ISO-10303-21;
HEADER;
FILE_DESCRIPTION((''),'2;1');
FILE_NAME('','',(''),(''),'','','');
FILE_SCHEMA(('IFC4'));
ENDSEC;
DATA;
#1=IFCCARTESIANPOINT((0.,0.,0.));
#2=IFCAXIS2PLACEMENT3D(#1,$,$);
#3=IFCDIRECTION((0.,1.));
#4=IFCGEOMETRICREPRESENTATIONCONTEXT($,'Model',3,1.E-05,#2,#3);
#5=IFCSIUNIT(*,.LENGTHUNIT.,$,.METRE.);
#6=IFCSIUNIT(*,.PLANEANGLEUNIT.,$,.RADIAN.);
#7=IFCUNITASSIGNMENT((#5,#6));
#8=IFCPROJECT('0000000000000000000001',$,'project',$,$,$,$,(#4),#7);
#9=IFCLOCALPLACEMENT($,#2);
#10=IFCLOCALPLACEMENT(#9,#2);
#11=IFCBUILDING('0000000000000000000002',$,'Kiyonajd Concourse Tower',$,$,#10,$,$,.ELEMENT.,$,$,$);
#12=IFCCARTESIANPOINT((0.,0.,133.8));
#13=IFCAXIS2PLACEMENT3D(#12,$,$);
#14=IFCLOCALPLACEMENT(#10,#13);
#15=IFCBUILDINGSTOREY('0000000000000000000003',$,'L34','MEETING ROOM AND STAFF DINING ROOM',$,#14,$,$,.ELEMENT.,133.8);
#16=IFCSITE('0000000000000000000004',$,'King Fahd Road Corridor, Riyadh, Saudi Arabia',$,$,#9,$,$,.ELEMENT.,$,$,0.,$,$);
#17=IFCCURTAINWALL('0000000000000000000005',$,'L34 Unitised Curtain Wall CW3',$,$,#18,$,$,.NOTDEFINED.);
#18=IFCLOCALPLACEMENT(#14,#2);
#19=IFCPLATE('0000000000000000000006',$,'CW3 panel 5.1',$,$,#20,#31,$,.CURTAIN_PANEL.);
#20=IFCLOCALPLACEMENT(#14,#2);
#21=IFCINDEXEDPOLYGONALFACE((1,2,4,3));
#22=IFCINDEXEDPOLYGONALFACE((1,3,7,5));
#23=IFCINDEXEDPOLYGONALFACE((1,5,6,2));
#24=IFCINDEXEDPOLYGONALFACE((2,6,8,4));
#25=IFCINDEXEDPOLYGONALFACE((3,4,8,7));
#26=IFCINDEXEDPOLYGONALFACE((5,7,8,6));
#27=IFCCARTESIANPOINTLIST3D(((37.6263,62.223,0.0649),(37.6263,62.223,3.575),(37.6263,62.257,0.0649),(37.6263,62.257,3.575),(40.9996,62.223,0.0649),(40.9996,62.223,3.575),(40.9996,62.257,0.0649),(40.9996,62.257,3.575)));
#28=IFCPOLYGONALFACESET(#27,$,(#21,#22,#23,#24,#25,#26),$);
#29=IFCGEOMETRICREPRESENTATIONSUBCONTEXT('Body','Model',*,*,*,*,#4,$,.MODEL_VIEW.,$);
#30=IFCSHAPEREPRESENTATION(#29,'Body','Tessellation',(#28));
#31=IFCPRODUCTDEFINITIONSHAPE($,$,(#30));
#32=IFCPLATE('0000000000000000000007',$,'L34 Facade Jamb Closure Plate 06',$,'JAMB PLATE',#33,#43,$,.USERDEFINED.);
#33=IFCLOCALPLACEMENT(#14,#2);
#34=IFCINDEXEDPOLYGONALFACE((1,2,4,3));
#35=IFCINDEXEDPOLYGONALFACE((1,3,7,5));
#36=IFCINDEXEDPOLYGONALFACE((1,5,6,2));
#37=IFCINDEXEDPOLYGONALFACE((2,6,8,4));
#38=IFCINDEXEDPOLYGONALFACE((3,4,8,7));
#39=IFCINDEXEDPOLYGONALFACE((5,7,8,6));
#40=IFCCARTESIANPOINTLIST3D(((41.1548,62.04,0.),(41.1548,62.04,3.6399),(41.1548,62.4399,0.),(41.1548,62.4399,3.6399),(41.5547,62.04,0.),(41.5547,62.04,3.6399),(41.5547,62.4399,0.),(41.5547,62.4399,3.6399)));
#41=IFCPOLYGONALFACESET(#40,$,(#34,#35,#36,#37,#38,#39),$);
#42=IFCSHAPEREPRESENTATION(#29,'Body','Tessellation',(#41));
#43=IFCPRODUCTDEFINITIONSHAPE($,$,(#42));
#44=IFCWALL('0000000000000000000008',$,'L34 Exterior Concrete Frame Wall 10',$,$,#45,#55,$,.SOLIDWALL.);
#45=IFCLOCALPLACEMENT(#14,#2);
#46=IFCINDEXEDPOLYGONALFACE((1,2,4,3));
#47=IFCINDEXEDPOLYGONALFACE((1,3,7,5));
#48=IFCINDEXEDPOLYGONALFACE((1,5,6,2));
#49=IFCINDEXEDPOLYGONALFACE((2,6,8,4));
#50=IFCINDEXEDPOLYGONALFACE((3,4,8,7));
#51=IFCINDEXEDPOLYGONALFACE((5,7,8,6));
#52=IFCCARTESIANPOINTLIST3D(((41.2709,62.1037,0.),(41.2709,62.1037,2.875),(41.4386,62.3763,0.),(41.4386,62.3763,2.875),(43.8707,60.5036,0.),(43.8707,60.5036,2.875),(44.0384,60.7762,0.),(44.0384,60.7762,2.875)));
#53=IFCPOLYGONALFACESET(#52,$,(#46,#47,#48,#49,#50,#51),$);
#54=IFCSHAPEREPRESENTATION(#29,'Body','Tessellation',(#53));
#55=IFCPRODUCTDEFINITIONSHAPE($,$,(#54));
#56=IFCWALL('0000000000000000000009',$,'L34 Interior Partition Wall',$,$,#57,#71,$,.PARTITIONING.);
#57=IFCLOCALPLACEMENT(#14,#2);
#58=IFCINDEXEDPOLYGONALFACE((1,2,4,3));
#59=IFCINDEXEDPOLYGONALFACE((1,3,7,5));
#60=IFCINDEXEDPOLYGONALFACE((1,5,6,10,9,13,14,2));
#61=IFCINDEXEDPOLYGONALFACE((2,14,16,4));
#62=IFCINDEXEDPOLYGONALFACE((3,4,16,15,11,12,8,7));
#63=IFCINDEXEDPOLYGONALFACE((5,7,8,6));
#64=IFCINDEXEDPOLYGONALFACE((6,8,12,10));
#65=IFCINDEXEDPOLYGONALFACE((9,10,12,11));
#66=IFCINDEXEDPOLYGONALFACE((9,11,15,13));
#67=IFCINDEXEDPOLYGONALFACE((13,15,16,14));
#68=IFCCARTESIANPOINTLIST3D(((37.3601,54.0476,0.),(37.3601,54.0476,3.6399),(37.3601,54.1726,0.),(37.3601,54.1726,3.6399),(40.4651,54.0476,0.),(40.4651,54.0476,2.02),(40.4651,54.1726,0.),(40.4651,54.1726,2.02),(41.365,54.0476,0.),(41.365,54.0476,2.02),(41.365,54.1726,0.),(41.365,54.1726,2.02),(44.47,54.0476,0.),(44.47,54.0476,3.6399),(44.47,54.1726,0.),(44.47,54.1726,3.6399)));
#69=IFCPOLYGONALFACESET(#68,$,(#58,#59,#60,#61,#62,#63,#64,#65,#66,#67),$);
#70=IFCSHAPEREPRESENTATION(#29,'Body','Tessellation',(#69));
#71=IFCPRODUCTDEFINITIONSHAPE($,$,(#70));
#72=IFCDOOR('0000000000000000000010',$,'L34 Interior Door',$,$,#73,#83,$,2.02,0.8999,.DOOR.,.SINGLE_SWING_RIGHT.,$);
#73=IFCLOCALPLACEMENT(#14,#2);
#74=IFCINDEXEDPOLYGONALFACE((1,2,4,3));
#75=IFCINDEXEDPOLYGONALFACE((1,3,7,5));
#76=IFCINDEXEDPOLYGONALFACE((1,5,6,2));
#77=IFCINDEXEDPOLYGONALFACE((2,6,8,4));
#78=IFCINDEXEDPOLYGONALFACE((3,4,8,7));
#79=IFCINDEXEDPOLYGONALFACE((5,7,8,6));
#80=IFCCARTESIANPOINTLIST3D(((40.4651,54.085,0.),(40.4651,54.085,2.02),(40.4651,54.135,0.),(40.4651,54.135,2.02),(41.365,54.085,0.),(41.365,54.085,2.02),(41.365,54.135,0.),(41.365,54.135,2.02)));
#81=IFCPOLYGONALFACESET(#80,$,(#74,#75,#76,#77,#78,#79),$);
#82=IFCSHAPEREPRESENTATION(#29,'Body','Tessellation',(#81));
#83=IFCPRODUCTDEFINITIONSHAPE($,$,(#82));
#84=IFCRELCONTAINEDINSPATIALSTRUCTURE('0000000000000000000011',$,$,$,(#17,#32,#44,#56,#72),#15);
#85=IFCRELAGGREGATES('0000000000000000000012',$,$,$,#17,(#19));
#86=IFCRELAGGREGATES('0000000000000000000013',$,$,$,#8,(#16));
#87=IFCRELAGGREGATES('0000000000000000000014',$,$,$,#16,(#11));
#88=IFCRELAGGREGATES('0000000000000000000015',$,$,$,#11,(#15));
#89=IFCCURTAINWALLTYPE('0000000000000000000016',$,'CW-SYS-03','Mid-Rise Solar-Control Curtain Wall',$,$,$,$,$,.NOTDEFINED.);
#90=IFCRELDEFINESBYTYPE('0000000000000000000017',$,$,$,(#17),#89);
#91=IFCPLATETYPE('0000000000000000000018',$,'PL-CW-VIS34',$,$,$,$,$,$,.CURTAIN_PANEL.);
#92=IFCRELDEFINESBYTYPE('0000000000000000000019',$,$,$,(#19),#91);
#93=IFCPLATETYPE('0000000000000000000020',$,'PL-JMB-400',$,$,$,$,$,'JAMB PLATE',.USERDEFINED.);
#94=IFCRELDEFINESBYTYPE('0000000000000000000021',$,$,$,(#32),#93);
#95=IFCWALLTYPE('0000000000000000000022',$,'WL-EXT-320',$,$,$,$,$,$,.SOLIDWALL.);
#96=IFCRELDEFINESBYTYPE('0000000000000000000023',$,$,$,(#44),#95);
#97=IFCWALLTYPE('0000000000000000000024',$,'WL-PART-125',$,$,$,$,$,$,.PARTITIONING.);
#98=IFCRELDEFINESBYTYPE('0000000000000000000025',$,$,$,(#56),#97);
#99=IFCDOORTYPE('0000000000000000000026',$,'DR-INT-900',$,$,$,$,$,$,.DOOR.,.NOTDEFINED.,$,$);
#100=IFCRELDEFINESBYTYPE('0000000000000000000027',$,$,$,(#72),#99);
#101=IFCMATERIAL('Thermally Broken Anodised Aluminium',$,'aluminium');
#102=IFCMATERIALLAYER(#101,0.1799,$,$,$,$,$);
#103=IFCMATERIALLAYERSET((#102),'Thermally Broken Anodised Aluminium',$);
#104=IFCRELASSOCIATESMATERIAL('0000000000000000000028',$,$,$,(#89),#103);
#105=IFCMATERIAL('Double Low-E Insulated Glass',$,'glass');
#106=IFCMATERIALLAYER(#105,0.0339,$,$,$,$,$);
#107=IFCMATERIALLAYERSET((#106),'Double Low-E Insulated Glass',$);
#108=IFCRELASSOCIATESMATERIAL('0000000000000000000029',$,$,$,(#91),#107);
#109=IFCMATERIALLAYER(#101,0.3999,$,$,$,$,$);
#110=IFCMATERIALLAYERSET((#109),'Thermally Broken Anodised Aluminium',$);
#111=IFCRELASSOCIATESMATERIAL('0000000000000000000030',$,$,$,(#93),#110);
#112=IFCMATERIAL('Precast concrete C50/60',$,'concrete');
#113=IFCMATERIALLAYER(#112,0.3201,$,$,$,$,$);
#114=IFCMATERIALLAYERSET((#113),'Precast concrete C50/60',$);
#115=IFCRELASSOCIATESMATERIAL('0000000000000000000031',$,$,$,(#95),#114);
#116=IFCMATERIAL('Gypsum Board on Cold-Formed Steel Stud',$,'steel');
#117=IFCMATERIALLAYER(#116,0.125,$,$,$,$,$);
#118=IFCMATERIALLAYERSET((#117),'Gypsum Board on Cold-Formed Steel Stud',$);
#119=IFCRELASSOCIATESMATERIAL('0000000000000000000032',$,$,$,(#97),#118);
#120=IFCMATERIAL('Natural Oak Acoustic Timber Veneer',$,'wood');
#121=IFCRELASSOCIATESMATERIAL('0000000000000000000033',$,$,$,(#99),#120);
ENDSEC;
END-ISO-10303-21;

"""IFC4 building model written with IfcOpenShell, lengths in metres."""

from ifc_helpers import new_model, si_unit, direction, frame, frame_2d, origin, origin_2d, place, context, subcontext, project, spatial, rectangle, extrude, material, layer, layer_set, type_object, element, fill, aggregate, save


model = new_model("IFC4")

# Units and contexts
model_context = context("Model", 3, precision=1e-05, world=origin(), true_north=direction((0.0, 1.0)))
body_context = subcontext(model_context, "Body", "Model", "MODEL_VIEW")
ifc_project = project(units=[si_unit("LENGTHUNIT", "METRE"), si_unit("PLANEANGLEUNIT", "RADIAN")], contexts=[model_context])

# Site, building, storey
site_placement = place(None, origin())
site = spatial("IfcSite", under=ifc_project, at=site_placement, Name="King Fahd Road Corridor, Riyadh, Saudi Arabia", CompositionType="ELEMENT", RefElevation=0.0)
building_placement = place(site_placement, origin())
building = spatial("IfcBuilding", under=site, at=building_placement, Name="Kiyonajd Concourse Tower", CompositionType="ELEMENT")
storey_placement = place(building_placement, frame((0.0, 0.0, 133.8)))
storey = spatial("IfcBuildingStorey", under=building, at=storey_placement, Name="L34", Description="MEETING ROOM AND STAFF DINING ROOM", CompositionType="ELEMENT", Elevation=133.8)

# Shared definitions
ifc_material_1 = material(Name="Precast concrete C50/60", Category="concrete")

# Curtain wall, plate
ifc_material_2 = material(Name="Thermally Broken Anodised Aluminium", Category="aluminium")
ifc_layer_1 = layer(ifc_material_2, 0.1799)
ifc_layer_set_1 = layer_set([ifc_layer_1], Name="Thermally Broken Anodised Aluminium")
curtain_wall_type = type_object("IfcCurtainWallType", Name="CW-SYS-03", Description="Mid-Rise Solar-Control Curtain Wall", PredefinedType="NOTDEFINED", material=ifc_layer_set_1)
curtain_wall_placement = place(storey_placement, origin())
curtain_wall = element("IfcCurtainWall", 1, at=curtain_wall_placement, inside=storey, type_object=curtain_wall_type, Name="L34 Unitised Curtain Wall CW3", PredefinedType="NOTDEFINED")
ifc_material_3 = material(Name="Double Low-E Insulated Glass", Category="glass")
ifc_layer_2 = layer(ifc_material_3, 0.0339)
ifc_layer_set_2 = layer_set([ifc_layer_2], Name="Double Low-E Insulated Glass")
plate_type_1 = type_object("IfcPlateType", Name="PL-CW-VIS34", PredefinedType="CURTAIN_PANEL", material=ifc_layer_set_2)
plate_1_placement = place(storey_placement, frame((39.313, 62.24, 0.0649), z_axis=(0.0, 0.0, 1.0), x_axis=(1.0, 0.0, 0.0)))
plate_1 = element("IfcPlate", 2, at=plate_1_placement, type_object=plate_type_1, Name="CW3 panel 5.1", PredefinedType="CURTAIN_PANEL", context=body_context, shape_type="SweptSolid", body=[
    extrude(rectangle(XDim=3.3733, YDim=0.0339, at=origin_2d()), origin(), (0.0, 0.0, 1.0), 3.51),
])
aggregate(curtain_wall, [plate_1])

# Plate
ifc_layer_3 = layer(ifc_material_2, 0.3999)
ifc_layer_set_3 = layer_set([ifc_layer_3], Name="Thermally Broken Anodised Aluminium")
plate_type_2 = type_object("IfcPlateType", Name="PL-JMB-400", ElementType="JAMB PLATE", PredefinedType="USERDEFINED", material=ifc_layer_set_3)
plate_2_placement = place(storey_placement, frame((41.3547, 62.24, 0.0), z_axis=(0.0, 0.0, 1.0), x_axis=(1.0, 0.0, 0.0)))
element("IfcPlate", 3, at=plate_2_placement, inside=storey, type_object=plate_type_2, Name="L34 Facade Jamb Closure Plate 06", ObjectType="JAMB PLATE", PredefinedType="USERDEFINED", context=body_context, shape_type="SweptSolid", body=[
    extrude(rectangle(XDim=0.3999, YDim=0.3999, at=origin_2d()), origin(), (0.0, 0.0, 1.0), 3.6399),
])

# Wall
ifc_layer_4 = layer(ifc_material_1, 0.3201)
ifc_layer_set_4 = layer_set([ifc_layer_4], Name="Precast concrete C50/60")
wall_type_1 = type_object("IfcWallType", Name="WL-EXT-320", PredefinedType="SOLIDWALL", material=ifc_layer_set_4)
wall_1_placement = place(storey_placement, frame((41.3547, 62.24, 0.0), z_axis=(0.0, 0.0, 1.0), x_axis=(0.851631, -0.524142, 0.0)))
element("IfcWall", 4, at=wall_1_placement, inside=storey, type_object=wall_type_1, Name="L34 Exterior Concrete Frame Wall 10", PredefinedType="SOLIDWALL", context=body_context, shape_type="SweptSolid", body=[
    extrude(rectangle(XDim=3.0527, YDim=0.3201, at=frame_2d((1.5264, 0.0))), origin(), (0.0, 0.0, 1.0), 2.875),
])

# Wall, opening, door
ifc_material_4 = material(Name="Gypsum Board on Cold-Formed Steel Stud", Category="steel")
ifc_layer_5 = layer(ifc_material_4, 0.125)
ifc_layer_set_5 = layer_set([ifc_layer_5], Name="Gypsum Board on Cold-Formed Steel Stud")
wall_type_2 = type_object("IfcWallType", Name="WL-PART-125", PredefinedType="PARTITIONING", material=ifc_layer_set_5)
wall_2_placement = place(storey_placement, frame((37.3601, 54.1101, 0.0), z_axis=(0.0, 0.0, 1.0), x_axis=(1.0, 0.0, 0.0)))
wall_2 = element("IfcWall", 5, at=wall_2_placement, inside=storey, type_object=wall_type_2, Name="L34 Interior Partition Wall", PredefinedType="PARTITIONING", context=body_context, shape_type="SweptSolid", body=[
    extrude(rectangle(XDim=7.1099, YDim=0.125, at=frame_2d((3.5549, 0.0))), origin(), (0.0, 0.0, 1.0), 3.6399),
])
opening_placement = place(wall_2_placement, frame((3.105, 0.0, 0.0)))
opening = element("IfcOpeningElement", 6, at=opening_placement, cuts=wall_2, PredefinedType="OPENING", context=body_context, shape_type="SweptSolid", body=[
    extrude(rectangle(XDim=0.8999, YDim=2.02, at=frame_2d((0.45, 1.01))), frame((0.0, 0.0725, 0.0), z_axis=(0.0, -1.0, 0.0), x_axis=(1.0, 0.0, 0.0)), (0.0, 0.0, 1.0), 0.145),
])
ifc_material_5 = material(Name="Natural Oak Acoustic Timber Veneer", Category="wood")
door_type = type_object("IfcDoorType", Name="DR-INT-900", OperationType="NOTDEFINED", PredefinedType="DOOR", material=ifc_material_5)
door_placement = place(opening_placement, origin())
door = element("IfcDoor", 7, at=door_placement, inside=storey, type_object=door_type, Name="L34 Interior Door", OperationType="SINGLE_SWING_RIGHT", OverallHeight=2.02, OverallWidth=0.8999, PredefinedType="DOOR", context=body_context, shape_type="SweptSolid", body=[
    extrude(rectangle(XDim=0.8999, YDim=2.02, at=frame_2d((0.45, 1.01))), frame((0.0, 0.0249, 0.0), z_axis=(0.0, -1.0, 0.0), x_axis=(1.0, 0.0, 0.0)), (0.0, 0.0, 1.0), 0.05),
])
fill(opening, door)

save(model, "model.ifc")
